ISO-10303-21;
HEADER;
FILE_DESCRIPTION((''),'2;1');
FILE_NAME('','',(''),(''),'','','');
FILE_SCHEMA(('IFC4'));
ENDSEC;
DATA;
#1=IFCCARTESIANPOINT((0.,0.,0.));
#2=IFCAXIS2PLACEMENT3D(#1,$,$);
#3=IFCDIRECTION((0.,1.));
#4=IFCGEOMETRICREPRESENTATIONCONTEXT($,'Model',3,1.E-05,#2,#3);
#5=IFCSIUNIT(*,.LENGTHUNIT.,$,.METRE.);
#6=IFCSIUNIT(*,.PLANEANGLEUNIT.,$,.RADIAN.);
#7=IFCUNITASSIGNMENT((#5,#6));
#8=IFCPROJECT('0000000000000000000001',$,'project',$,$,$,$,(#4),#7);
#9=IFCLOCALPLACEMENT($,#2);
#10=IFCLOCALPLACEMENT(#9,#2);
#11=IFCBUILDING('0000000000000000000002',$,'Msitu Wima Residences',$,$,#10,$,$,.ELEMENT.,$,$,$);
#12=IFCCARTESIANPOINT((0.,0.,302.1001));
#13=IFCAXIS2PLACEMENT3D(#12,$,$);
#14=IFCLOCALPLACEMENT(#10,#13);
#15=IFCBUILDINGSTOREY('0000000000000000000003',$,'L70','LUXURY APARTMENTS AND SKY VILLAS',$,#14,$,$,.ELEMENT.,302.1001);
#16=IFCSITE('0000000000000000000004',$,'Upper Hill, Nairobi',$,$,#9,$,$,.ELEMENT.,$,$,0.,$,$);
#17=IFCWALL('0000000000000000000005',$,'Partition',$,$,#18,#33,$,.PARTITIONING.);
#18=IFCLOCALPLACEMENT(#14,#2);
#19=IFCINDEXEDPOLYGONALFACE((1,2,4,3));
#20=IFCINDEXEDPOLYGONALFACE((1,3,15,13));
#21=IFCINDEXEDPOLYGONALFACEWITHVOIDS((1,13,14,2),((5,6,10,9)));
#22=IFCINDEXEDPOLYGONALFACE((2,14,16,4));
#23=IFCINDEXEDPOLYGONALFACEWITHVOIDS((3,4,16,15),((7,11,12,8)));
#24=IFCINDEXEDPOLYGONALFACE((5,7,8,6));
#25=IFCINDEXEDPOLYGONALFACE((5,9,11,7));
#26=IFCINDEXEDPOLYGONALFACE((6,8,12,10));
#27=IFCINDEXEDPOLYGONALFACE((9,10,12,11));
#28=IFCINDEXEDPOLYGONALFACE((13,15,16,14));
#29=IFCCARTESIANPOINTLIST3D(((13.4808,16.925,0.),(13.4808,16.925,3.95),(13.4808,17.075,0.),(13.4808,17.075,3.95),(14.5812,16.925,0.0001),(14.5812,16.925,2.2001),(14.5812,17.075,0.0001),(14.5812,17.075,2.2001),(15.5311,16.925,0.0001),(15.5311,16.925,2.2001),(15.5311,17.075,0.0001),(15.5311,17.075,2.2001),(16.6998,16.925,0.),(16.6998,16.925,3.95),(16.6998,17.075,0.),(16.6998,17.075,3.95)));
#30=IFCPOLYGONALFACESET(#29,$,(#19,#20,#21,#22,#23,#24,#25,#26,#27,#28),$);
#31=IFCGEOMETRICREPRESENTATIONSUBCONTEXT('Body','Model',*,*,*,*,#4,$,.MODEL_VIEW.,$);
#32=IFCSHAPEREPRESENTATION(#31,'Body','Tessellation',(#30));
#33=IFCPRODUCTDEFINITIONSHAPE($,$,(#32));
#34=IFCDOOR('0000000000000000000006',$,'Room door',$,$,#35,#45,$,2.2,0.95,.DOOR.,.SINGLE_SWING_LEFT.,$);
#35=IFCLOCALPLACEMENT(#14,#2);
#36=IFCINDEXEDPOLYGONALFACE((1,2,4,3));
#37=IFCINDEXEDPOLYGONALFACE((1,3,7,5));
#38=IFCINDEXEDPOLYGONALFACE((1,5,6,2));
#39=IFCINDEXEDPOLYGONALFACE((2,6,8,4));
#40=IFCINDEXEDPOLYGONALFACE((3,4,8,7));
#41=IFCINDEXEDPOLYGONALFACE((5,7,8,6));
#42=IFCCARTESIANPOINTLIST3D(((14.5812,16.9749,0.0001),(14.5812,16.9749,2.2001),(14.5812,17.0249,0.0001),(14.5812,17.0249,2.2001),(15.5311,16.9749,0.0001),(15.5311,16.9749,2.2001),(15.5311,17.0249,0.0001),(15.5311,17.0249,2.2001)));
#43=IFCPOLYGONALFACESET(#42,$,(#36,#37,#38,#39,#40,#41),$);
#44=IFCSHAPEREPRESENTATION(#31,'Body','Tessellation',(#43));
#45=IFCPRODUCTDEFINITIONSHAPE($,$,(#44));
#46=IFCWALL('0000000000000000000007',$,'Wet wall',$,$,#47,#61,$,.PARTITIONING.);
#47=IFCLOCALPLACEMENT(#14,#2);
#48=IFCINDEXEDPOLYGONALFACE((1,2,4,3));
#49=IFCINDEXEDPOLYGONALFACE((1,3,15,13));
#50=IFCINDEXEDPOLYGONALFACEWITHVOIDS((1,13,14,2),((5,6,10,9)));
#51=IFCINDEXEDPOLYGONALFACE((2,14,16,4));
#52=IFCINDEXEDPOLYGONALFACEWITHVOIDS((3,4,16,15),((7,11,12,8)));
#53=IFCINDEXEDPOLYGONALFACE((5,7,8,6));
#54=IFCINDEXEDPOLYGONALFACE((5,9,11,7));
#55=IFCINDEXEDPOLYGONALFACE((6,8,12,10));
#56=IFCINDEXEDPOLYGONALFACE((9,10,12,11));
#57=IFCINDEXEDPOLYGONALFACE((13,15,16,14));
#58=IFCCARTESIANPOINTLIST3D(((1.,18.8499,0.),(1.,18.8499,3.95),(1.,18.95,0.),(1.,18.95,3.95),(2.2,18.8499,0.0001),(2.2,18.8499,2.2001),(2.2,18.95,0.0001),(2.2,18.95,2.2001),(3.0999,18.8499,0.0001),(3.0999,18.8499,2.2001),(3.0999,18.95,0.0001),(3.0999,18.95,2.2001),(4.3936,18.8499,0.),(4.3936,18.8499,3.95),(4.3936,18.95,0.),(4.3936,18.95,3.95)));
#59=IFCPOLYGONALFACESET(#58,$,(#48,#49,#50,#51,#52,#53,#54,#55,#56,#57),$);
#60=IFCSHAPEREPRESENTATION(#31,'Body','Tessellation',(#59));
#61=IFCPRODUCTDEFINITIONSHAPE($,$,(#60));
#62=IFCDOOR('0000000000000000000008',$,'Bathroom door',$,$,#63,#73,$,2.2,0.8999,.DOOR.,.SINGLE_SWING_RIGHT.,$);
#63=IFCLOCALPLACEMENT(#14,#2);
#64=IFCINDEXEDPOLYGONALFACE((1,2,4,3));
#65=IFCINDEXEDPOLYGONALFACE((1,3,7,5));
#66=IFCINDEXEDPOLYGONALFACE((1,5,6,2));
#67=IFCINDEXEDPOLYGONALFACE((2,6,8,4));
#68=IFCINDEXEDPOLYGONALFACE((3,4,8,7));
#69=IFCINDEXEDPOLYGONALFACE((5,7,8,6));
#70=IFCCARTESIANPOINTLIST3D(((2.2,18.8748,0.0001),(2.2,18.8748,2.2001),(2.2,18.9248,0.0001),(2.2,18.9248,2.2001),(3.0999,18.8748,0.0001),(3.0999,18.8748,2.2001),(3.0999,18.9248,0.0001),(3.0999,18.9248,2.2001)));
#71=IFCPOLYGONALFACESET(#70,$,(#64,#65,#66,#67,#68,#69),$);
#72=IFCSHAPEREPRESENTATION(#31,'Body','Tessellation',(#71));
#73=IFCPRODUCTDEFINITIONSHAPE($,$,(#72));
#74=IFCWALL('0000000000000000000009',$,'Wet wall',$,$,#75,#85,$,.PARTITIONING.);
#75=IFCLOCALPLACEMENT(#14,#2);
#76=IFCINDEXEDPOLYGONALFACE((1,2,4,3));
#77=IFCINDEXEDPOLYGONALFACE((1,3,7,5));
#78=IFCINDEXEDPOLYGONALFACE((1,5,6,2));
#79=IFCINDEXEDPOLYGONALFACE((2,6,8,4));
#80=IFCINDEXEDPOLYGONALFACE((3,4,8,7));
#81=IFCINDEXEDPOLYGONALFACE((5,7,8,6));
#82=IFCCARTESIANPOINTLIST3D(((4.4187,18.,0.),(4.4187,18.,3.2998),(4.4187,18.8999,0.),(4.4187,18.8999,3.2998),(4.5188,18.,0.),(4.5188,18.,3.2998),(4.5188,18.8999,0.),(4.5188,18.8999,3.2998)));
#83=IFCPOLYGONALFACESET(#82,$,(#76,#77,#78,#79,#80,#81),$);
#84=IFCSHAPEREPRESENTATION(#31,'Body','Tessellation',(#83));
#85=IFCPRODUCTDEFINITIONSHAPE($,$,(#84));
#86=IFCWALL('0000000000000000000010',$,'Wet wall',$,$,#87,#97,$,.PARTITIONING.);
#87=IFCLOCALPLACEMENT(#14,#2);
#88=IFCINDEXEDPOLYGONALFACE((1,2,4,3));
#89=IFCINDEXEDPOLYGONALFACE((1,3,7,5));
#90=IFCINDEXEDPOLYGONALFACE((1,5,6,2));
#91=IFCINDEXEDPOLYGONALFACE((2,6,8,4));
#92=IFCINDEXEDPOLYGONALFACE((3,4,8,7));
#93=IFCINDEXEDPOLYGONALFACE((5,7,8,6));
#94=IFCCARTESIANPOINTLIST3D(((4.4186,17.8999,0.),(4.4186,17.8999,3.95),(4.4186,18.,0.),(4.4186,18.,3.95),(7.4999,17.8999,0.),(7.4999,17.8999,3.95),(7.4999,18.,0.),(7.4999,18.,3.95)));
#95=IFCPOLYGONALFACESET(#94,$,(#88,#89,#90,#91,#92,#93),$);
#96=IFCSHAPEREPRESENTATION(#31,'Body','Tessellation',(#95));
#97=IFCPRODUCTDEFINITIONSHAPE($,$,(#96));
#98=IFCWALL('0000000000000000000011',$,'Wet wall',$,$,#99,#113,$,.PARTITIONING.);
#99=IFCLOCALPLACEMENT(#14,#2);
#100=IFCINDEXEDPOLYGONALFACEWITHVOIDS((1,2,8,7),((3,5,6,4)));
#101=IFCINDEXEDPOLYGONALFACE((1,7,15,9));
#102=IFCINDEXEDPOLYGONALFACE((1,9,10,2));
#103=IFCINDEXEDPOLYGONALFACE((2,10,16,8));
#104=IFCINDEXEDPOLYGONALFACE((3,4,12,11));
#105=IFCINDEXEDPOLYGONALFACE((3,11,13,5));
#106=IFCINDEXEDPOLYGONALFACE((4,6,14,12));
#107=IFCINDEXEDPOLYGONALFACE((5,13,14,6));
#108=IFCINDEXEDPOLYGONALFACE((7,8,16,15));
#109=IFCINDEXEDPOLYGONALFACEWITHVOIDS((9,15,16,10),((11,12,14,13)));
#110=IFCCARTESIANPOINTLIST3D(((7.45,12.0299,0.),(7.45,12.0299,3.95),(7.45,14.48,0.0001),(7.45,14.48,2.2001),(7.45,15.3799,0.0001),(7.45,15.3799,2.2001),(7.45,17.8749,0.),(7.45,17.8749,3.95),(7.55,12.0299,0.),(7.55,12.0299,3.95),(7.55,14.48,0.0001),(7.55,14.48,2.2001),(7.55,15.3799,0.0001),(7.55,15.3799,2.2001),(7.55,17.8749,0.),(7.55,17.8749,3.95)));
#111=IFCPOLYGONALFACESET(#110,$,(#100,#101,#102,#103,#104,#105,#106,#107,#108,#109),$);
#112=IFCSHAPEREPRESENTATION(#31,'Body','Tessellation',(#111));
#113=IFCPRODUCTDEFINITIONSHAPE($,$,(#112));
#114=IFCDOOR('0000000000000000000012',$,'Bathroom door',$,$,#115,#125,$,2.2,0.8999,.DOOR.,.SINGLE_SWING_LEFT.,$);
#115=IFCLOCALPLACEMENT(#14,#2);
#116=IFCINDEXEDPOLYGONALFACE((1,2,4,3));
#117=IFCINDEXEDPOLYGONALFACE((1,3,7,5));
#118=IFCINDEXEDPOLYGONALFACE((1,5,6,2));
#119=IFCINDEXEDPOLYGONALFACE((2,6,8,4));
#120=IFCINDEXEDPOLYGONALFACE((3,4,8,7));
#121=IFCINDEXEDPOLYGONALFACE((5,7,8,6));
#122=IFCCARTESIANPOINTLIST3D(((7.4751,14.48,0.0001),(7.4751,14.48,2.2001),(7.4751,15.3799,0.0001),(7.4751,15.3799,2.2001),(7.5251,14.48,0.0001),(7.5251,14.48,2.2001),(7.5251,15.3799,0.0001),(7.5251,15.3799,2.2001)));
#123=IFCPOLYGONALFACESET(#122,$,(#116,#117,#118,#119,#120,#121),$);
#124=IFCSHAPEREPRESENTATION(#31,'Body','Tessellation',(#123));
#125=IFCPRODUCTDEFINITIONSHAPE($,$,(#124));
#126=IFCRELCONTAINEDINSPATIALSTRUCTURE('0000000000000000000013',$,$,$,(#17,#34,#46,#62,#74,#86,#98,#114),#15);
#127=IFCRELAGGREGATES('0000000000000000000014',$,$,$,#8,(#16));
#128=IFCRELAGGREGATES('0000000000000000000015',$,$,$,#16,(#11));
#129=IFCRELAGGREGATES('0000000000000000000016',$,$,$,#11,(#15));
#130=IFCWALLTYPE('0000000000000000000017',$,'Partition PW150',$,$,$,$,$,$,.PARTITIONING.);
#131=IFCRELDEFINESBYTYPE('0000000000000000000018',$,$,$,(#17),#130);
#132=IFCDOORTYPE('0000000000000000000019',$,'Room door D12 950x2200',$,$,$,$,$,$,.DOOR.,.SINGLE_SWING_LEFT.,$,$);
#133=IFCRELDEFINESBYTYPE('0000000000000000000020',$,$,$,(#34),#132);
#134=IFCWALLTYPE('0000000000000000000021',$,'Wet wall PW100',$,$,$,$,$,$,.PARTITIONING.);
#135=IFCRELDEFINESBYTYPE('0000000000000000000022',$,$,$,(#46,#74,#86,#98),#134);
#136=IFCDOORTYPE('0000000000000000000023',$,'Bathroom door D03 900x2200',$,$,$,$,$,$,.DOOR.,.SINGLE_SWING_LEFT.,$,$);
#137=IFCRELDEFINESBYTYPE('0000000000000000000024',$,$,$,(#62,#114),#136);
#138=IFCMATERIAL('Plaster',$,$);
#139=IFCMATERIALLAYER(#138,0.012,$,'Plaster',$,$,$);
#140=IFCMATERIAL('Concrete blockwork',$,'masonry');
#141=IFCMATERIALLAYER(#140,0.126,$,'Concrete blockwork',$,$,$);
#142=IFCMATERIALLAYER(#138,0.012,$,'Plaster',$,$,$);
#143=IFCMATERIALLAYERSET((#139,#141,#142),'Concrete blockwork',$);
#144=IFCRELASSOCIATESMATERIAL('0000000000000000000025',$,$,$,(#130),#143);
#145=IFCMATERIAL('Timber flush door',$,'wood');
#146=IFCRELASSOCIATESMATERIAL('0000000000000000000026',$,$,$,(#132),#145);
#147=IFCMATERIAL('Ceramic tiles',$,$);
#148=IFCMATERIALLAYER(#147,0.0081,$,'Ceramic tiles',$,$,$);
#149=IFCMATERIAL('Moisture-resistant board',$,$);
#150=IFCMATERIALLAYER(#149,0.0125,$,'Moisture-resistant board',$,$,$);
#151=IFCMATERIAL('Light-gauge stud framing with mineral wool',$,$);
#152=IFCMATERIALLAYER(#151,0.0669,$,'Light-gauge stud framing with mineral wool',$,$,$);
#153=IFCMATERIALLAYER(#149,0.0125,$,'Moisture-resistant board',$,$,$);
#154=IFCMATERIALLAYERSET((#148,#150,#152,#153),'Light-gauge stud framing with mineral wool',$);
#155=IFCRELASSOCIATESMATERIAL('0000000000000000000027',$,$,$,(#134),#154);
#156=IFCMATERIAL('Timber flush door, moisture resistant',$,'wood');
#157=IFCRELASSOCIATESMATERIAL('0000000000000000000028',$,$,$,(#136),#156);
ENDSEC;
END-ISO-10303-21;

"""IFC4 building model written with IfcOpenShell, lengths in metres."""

from ifc_helpers import new_model, si_unit, direction, frame, frame_2d, origin, place, context, subcontext, project, spatial, rectangle, extrude, material, layer, layer_set, type_object, element, fill, save


model = new_model("IFC4")

# Units and contexts
model_context = context("Model", 3, precision=1e-05, world=origin(), true_north=direction((0.0, 1.0)))
body_context = subcontext(model_context, "Body", "Model", "MODEL_VIEW")
ifc_project = project(units=[si_unit("LENGTHUNIT", "METRE"), si_unit("PLANEANGLEUNIT", "RADIAN")], contexts=[model_context])

# Site, building, storey
site_placement = place(None, origin())
site = spatial("IfcSite", under=ifc_project, at=site_placement, Name="Upper Hill, Nairobi", CompositionType="ELEMENT", RefElevation=0.0)
building_placement = place(site_placement, origin())
building = spatial("IfcBuilding", under=site, at=building_placement, Name="Msitu Wima Residences", CompositionType="ELEMENT")
storey_placement = place(building_placement, frame((0.0, 0.0, 302.1001)))
storey = spatial("IfcBuildingStorey", under=building, at=storey_placement, Name="L70", Description="LUXURY APARTMENTS AND SKY VILLAS", CompositionType="ELEMENT", Elevation=302.1001)

# Walls, openings, doors
ifc_material_1 = material(Name="Plaster")
ifc_layer_1 = layer(ifc_material_1, 0.012, Name="Plaster")
ifc_material_2 = material(Name="Concrete blockwork", Category="masonry")
ifc_layer_2 = layer(ifc_material_2, 0.126, Name="Concrete blockwork")
ifc_layer_3 = layer(ifc_material_1, 0.012, Name="Plaster")
ifc_layer_set_1 = layer_set([ifc_layer_1, ifc_layer_2, ifc_layer_3], Name="Concrete blockwork")
wall_type_1 = type_object("IfcWallType", Name="Partition PW150", PredefinedType="PARTITIONING", material=ifc_layer_set_1)
wall_1_placement = place(storey_placement, frame((13.481, 17.0, 0.0), z_axis=(0.0, 0.0, 1.0), x_axis=(1.0, 0.0, 0.0)))
wall_1 = element("IfcWall", 1, at=wall_1_placement, inside=storey, type_object=wall_type_1, Name="Partition", PredefinedType="PARTITIONING", context=body_context, shape_type="SweptSolid", body=[
    extrude(rectangle(XDim=3.219, YDim=0.1499, at=frame_2d((1.6094, 0.0))), origin(), (0.0, 0.0, 1.0), 3.95),
])
opening_1_placement = place(wall_1_placement, frame((1.1001, 0.0, 0.0)))
opening_1 = element("IfcOpeningElement", 2, at=opening_1_placement, cuts=wall_1, PredefinedType="OPENING", context=body_context, shape_type="SweptSolid", body=[
    extrude(rectangle(XDim=0.95, YDim=2.2, at=frame_2d((0.4751, 1.1001))), frame((0.0, 0.085, 0.0), z_axis=(0.0, -1.0, 0.0), x_axis=(1.0, 0.0, 0.0)), (0.0, 0.0, 1.0), 0.1699),
])
ifc_material_3 = material(Name="Timber flush door", Category="wood")
door_type_1 = type_object("IfcDoorType", Name="Room door D12 950x2200", OperationType="SINGLE_SWING_LEFT", PredefinedType="DOOR", material=ifc_material_3)
door_1_placement = place(opening_1_placement, origin())
door_1 = element("IfcDoor", 3, at=door_1_placement, inside=storey, type_object=door_type_1, Name="Room door", OperationType="SINGLE_SWING_LEFT", OverallHeight=2.2, OverallWidth=0.95, PredefinedType="DOOR", context=body_context, shape_type="SweptSolid", body=[
    extrude(rectangle(XDim=0.95, YDim=2.2, at=frame_2d((0.4751, 1.1001))), frame((0.0, 0.0249, 0.0), z_axis=(0.0, -1.0, 0.0), x_axis=(1.0, 0.0, 0.0)), (0.0, 0.0, 1.0), 0.05),
])
fill(opening_1, door_1)
ifc_material_4 = material(Name="Ceramic tiles")
ifc_layer_4 = layer(ifc_material_4, 0.0081, Name="Ceramic tiles")
ifc_material_5 = material(Name="Moisture-resistant board")
ifc_layer_5 = layer(ifc_material_5, 0.0125, Name="Moisture-resistant board")
ifc_material_6 = material(Name="Light-gauge stud framing with mineral wool")
ifc_layer_6 = layer(ifc_material_6, 0.0669, Name="Light-gauge stud framing with mineral wool")
ifc_layer_7 = layer(ifc_material_5, 0.0125, Name="Moisture-resistant board")
ifc_layer_set_2 = layer_set([ifc_layer_4, ifc_layer_5, ifc_layer_6, ifc_layer_7], Name="Light-gauge stud framing with mineral wool")
wall_type_2 = type_object("IfcWallType", Name="Wet wall PW100", PredefinedType="PARTITIONING", material=ifc_layer_set_2)
wall_2_placement = place(storey_placement, frame((1.0, 18.8999, 0.0), z_axis=(0.0, 0.0, 1.0), x_axis=(1.0, 0.0, 0.0)))
wall_2 = element("IfcWall", 4, at=wall_2_placement, inside=storey, type_object=wall_type_2, Name="Wet wall", PredefinedType="PARTITIONING", context=body_context, shape_type="SweptSolid", body=[
    extrude(rectangle(XDim=3.3936, YDim=0.1001, at=frame_2d((1.6968, 0.0))), origin(), (0.0, 0.0, 1.0), 3.95),
])
opening_2_placement = place(wall_2_placement, frame((1.2, 0.0, 0.0)))
opening_2 = element("IfcOpeningElement", 5, at=opening_2_placement, cuts=wall_2, PredefinedType="OPENING", context=body_context, shape_type="SweptSolid", body=[
    extrude(rectangle(XDim=0.8999, YDim=2.2, at=frame_2d((0.45, 1.1001))), frame((0.0, 0.0601, 0.0), z_axis=(0.0, -1.0, 0.0), x_axis=(1.0, 0.0, 0.0)), (0.0, 0.0, 1.0), 0.1201),
])
ifc_material_7 = material(Name="Timber flush door, moisture resistant", Category="wood")
door_type_2 = type_object("IfcDoorType", Name="Bathroom door D03 900x2200", OperationType="SINGLE_SWING_LEFT", PredefinedType="DOOR", material=ifc_material_7)
door_2_placement = place(opening_2_placement, origin())
door_2 = element("IfcDoor", 6, at=door_2_placement, inside=storey, type_object=door_type_2, Name="Bathroom door", OperationType="SINGLE_SWING_RIGHT", OverallHeight=2.2, OverallWidth=0.8999, PredefinedType="DOOR", context=body_context, shape_type="SweptSolid", body=[
    extrude(rectangle(XDim=0.8999, YDim=2.2, at=frame_2d((0.45, 1.1001))), frame((0.0, 0.0249, 0.0), z_axis=(0.0, -1.0, 0.0), x_axis=(1.0, 0.0, 0.0)), (0.0, 0.0, 1.0), 0.05),
])
fill(opening_2, door_2)

# Walls
wall_3_placement = place(storey_placement, frame((4.4688, 18.0, 0.0), z_axis=(0.0, 0.0, 1.0), x_axis=(0.0, 1.0, 0.0)))
element("IfcWall", 7, at=wall_3_placement, inside=storey, type_object=wall_type_2, Name="Wet wall", PredefinedType="PARTITIONING", context=body_context, shape_type="SweptSolid", body=[
    extrude(rectangle(XDim=0.8999, YDim=0.1001, at=frame_2d((0.45, 0.0))), origin(), (0.0, 0.0, 1.0), 3.2998),
])
wall_4_placement = place(storey_placement, frame((4.4187, 17.95, 0.0), z_axis=(0.0, 0.0, 1.0), x_axis=(1.0, 0.0, 0.0)))
element("IfcWall", 8, at=wall_4_placement, inside=storey, type_object=wall_type_2, Name="Wet wall", PredefinedType="PARTITIONING", context=body_context, shape_type="SweptSolid", body=[
    extrude(rectangle(XDim=3.0813, YDim=0.1001, at=frame_2d((1.5405, 0.0))), origin(), (0.0, 0.0, 1.0), 3.95),
])

# Wall, opening, door
wall_5_placement = place(storey_placement, frame((7.5, 12.03, 0.0), z_axis=(0.0, 0.0, 1.0), x_axis=(0.0, 1.0, 0.0)))
wall_5 = element("IfcWall", 9, at=wall_5_placement, inside=storey, type_object=wall_type_2, Name="Wet wall", PredefinedType="PARTITIONING", context=body_context, shape_type="SweptSolid", body=[
    extrude(rectangle(XDim=5.845, YDim=0.1001, at=frame_2d((2.9224, 0.0))), origin(), (0.0, 0.0, 1.0), 3.95),
])
opening_3_placement = place(wall_5_placement, frame((2.45, 0.0, 0.0)))
opening_3 = element("IfcOpeningElement", 10, at=opening_3_placement, cuts=wall_5, PredefinedType="OPENING", context=body_context, shape_type="SweptSolid", body=[
    extrude(rectangle(XDim=0.8999, YDim=2.2, at=frame_2d((0.45, 1.1001))), frame((0.0, 0.0601, 0.0), z_axis=(0.0, -1.0, 0.0), x_axis=(1.0, 0.0, 0.0)), (0.0, 0.0, 1.0), 0.1201),
])
door_3_placement = place(opening_3_placement, origin())
door_3 = element("IfcDoor", 11, at=door_3_placement, inside=storey, type_object=door_type_2, Name="Bathroom door", OperationType="SINGLE_SWING_LEFT", OverallHeight=2.2, OverallWidth=0.8999, PredefinedType="DOOR", context=body_context, shape_type="SweptSolid", body=[
    extrude(rectangle(XDim=0.8999, YDim=2.2, at=frame_2d((0.45, 1.1001))), frame((0.0, 0.0249, 0.0), z_axis=(0.0, -1.0, 0.0), x_axis=(1.0, 0.0, 0.0)), (0.0, 0.0, 1.0), 0.05),
])
fill(opening_3, door_3)

save(model, "model.ifc")
